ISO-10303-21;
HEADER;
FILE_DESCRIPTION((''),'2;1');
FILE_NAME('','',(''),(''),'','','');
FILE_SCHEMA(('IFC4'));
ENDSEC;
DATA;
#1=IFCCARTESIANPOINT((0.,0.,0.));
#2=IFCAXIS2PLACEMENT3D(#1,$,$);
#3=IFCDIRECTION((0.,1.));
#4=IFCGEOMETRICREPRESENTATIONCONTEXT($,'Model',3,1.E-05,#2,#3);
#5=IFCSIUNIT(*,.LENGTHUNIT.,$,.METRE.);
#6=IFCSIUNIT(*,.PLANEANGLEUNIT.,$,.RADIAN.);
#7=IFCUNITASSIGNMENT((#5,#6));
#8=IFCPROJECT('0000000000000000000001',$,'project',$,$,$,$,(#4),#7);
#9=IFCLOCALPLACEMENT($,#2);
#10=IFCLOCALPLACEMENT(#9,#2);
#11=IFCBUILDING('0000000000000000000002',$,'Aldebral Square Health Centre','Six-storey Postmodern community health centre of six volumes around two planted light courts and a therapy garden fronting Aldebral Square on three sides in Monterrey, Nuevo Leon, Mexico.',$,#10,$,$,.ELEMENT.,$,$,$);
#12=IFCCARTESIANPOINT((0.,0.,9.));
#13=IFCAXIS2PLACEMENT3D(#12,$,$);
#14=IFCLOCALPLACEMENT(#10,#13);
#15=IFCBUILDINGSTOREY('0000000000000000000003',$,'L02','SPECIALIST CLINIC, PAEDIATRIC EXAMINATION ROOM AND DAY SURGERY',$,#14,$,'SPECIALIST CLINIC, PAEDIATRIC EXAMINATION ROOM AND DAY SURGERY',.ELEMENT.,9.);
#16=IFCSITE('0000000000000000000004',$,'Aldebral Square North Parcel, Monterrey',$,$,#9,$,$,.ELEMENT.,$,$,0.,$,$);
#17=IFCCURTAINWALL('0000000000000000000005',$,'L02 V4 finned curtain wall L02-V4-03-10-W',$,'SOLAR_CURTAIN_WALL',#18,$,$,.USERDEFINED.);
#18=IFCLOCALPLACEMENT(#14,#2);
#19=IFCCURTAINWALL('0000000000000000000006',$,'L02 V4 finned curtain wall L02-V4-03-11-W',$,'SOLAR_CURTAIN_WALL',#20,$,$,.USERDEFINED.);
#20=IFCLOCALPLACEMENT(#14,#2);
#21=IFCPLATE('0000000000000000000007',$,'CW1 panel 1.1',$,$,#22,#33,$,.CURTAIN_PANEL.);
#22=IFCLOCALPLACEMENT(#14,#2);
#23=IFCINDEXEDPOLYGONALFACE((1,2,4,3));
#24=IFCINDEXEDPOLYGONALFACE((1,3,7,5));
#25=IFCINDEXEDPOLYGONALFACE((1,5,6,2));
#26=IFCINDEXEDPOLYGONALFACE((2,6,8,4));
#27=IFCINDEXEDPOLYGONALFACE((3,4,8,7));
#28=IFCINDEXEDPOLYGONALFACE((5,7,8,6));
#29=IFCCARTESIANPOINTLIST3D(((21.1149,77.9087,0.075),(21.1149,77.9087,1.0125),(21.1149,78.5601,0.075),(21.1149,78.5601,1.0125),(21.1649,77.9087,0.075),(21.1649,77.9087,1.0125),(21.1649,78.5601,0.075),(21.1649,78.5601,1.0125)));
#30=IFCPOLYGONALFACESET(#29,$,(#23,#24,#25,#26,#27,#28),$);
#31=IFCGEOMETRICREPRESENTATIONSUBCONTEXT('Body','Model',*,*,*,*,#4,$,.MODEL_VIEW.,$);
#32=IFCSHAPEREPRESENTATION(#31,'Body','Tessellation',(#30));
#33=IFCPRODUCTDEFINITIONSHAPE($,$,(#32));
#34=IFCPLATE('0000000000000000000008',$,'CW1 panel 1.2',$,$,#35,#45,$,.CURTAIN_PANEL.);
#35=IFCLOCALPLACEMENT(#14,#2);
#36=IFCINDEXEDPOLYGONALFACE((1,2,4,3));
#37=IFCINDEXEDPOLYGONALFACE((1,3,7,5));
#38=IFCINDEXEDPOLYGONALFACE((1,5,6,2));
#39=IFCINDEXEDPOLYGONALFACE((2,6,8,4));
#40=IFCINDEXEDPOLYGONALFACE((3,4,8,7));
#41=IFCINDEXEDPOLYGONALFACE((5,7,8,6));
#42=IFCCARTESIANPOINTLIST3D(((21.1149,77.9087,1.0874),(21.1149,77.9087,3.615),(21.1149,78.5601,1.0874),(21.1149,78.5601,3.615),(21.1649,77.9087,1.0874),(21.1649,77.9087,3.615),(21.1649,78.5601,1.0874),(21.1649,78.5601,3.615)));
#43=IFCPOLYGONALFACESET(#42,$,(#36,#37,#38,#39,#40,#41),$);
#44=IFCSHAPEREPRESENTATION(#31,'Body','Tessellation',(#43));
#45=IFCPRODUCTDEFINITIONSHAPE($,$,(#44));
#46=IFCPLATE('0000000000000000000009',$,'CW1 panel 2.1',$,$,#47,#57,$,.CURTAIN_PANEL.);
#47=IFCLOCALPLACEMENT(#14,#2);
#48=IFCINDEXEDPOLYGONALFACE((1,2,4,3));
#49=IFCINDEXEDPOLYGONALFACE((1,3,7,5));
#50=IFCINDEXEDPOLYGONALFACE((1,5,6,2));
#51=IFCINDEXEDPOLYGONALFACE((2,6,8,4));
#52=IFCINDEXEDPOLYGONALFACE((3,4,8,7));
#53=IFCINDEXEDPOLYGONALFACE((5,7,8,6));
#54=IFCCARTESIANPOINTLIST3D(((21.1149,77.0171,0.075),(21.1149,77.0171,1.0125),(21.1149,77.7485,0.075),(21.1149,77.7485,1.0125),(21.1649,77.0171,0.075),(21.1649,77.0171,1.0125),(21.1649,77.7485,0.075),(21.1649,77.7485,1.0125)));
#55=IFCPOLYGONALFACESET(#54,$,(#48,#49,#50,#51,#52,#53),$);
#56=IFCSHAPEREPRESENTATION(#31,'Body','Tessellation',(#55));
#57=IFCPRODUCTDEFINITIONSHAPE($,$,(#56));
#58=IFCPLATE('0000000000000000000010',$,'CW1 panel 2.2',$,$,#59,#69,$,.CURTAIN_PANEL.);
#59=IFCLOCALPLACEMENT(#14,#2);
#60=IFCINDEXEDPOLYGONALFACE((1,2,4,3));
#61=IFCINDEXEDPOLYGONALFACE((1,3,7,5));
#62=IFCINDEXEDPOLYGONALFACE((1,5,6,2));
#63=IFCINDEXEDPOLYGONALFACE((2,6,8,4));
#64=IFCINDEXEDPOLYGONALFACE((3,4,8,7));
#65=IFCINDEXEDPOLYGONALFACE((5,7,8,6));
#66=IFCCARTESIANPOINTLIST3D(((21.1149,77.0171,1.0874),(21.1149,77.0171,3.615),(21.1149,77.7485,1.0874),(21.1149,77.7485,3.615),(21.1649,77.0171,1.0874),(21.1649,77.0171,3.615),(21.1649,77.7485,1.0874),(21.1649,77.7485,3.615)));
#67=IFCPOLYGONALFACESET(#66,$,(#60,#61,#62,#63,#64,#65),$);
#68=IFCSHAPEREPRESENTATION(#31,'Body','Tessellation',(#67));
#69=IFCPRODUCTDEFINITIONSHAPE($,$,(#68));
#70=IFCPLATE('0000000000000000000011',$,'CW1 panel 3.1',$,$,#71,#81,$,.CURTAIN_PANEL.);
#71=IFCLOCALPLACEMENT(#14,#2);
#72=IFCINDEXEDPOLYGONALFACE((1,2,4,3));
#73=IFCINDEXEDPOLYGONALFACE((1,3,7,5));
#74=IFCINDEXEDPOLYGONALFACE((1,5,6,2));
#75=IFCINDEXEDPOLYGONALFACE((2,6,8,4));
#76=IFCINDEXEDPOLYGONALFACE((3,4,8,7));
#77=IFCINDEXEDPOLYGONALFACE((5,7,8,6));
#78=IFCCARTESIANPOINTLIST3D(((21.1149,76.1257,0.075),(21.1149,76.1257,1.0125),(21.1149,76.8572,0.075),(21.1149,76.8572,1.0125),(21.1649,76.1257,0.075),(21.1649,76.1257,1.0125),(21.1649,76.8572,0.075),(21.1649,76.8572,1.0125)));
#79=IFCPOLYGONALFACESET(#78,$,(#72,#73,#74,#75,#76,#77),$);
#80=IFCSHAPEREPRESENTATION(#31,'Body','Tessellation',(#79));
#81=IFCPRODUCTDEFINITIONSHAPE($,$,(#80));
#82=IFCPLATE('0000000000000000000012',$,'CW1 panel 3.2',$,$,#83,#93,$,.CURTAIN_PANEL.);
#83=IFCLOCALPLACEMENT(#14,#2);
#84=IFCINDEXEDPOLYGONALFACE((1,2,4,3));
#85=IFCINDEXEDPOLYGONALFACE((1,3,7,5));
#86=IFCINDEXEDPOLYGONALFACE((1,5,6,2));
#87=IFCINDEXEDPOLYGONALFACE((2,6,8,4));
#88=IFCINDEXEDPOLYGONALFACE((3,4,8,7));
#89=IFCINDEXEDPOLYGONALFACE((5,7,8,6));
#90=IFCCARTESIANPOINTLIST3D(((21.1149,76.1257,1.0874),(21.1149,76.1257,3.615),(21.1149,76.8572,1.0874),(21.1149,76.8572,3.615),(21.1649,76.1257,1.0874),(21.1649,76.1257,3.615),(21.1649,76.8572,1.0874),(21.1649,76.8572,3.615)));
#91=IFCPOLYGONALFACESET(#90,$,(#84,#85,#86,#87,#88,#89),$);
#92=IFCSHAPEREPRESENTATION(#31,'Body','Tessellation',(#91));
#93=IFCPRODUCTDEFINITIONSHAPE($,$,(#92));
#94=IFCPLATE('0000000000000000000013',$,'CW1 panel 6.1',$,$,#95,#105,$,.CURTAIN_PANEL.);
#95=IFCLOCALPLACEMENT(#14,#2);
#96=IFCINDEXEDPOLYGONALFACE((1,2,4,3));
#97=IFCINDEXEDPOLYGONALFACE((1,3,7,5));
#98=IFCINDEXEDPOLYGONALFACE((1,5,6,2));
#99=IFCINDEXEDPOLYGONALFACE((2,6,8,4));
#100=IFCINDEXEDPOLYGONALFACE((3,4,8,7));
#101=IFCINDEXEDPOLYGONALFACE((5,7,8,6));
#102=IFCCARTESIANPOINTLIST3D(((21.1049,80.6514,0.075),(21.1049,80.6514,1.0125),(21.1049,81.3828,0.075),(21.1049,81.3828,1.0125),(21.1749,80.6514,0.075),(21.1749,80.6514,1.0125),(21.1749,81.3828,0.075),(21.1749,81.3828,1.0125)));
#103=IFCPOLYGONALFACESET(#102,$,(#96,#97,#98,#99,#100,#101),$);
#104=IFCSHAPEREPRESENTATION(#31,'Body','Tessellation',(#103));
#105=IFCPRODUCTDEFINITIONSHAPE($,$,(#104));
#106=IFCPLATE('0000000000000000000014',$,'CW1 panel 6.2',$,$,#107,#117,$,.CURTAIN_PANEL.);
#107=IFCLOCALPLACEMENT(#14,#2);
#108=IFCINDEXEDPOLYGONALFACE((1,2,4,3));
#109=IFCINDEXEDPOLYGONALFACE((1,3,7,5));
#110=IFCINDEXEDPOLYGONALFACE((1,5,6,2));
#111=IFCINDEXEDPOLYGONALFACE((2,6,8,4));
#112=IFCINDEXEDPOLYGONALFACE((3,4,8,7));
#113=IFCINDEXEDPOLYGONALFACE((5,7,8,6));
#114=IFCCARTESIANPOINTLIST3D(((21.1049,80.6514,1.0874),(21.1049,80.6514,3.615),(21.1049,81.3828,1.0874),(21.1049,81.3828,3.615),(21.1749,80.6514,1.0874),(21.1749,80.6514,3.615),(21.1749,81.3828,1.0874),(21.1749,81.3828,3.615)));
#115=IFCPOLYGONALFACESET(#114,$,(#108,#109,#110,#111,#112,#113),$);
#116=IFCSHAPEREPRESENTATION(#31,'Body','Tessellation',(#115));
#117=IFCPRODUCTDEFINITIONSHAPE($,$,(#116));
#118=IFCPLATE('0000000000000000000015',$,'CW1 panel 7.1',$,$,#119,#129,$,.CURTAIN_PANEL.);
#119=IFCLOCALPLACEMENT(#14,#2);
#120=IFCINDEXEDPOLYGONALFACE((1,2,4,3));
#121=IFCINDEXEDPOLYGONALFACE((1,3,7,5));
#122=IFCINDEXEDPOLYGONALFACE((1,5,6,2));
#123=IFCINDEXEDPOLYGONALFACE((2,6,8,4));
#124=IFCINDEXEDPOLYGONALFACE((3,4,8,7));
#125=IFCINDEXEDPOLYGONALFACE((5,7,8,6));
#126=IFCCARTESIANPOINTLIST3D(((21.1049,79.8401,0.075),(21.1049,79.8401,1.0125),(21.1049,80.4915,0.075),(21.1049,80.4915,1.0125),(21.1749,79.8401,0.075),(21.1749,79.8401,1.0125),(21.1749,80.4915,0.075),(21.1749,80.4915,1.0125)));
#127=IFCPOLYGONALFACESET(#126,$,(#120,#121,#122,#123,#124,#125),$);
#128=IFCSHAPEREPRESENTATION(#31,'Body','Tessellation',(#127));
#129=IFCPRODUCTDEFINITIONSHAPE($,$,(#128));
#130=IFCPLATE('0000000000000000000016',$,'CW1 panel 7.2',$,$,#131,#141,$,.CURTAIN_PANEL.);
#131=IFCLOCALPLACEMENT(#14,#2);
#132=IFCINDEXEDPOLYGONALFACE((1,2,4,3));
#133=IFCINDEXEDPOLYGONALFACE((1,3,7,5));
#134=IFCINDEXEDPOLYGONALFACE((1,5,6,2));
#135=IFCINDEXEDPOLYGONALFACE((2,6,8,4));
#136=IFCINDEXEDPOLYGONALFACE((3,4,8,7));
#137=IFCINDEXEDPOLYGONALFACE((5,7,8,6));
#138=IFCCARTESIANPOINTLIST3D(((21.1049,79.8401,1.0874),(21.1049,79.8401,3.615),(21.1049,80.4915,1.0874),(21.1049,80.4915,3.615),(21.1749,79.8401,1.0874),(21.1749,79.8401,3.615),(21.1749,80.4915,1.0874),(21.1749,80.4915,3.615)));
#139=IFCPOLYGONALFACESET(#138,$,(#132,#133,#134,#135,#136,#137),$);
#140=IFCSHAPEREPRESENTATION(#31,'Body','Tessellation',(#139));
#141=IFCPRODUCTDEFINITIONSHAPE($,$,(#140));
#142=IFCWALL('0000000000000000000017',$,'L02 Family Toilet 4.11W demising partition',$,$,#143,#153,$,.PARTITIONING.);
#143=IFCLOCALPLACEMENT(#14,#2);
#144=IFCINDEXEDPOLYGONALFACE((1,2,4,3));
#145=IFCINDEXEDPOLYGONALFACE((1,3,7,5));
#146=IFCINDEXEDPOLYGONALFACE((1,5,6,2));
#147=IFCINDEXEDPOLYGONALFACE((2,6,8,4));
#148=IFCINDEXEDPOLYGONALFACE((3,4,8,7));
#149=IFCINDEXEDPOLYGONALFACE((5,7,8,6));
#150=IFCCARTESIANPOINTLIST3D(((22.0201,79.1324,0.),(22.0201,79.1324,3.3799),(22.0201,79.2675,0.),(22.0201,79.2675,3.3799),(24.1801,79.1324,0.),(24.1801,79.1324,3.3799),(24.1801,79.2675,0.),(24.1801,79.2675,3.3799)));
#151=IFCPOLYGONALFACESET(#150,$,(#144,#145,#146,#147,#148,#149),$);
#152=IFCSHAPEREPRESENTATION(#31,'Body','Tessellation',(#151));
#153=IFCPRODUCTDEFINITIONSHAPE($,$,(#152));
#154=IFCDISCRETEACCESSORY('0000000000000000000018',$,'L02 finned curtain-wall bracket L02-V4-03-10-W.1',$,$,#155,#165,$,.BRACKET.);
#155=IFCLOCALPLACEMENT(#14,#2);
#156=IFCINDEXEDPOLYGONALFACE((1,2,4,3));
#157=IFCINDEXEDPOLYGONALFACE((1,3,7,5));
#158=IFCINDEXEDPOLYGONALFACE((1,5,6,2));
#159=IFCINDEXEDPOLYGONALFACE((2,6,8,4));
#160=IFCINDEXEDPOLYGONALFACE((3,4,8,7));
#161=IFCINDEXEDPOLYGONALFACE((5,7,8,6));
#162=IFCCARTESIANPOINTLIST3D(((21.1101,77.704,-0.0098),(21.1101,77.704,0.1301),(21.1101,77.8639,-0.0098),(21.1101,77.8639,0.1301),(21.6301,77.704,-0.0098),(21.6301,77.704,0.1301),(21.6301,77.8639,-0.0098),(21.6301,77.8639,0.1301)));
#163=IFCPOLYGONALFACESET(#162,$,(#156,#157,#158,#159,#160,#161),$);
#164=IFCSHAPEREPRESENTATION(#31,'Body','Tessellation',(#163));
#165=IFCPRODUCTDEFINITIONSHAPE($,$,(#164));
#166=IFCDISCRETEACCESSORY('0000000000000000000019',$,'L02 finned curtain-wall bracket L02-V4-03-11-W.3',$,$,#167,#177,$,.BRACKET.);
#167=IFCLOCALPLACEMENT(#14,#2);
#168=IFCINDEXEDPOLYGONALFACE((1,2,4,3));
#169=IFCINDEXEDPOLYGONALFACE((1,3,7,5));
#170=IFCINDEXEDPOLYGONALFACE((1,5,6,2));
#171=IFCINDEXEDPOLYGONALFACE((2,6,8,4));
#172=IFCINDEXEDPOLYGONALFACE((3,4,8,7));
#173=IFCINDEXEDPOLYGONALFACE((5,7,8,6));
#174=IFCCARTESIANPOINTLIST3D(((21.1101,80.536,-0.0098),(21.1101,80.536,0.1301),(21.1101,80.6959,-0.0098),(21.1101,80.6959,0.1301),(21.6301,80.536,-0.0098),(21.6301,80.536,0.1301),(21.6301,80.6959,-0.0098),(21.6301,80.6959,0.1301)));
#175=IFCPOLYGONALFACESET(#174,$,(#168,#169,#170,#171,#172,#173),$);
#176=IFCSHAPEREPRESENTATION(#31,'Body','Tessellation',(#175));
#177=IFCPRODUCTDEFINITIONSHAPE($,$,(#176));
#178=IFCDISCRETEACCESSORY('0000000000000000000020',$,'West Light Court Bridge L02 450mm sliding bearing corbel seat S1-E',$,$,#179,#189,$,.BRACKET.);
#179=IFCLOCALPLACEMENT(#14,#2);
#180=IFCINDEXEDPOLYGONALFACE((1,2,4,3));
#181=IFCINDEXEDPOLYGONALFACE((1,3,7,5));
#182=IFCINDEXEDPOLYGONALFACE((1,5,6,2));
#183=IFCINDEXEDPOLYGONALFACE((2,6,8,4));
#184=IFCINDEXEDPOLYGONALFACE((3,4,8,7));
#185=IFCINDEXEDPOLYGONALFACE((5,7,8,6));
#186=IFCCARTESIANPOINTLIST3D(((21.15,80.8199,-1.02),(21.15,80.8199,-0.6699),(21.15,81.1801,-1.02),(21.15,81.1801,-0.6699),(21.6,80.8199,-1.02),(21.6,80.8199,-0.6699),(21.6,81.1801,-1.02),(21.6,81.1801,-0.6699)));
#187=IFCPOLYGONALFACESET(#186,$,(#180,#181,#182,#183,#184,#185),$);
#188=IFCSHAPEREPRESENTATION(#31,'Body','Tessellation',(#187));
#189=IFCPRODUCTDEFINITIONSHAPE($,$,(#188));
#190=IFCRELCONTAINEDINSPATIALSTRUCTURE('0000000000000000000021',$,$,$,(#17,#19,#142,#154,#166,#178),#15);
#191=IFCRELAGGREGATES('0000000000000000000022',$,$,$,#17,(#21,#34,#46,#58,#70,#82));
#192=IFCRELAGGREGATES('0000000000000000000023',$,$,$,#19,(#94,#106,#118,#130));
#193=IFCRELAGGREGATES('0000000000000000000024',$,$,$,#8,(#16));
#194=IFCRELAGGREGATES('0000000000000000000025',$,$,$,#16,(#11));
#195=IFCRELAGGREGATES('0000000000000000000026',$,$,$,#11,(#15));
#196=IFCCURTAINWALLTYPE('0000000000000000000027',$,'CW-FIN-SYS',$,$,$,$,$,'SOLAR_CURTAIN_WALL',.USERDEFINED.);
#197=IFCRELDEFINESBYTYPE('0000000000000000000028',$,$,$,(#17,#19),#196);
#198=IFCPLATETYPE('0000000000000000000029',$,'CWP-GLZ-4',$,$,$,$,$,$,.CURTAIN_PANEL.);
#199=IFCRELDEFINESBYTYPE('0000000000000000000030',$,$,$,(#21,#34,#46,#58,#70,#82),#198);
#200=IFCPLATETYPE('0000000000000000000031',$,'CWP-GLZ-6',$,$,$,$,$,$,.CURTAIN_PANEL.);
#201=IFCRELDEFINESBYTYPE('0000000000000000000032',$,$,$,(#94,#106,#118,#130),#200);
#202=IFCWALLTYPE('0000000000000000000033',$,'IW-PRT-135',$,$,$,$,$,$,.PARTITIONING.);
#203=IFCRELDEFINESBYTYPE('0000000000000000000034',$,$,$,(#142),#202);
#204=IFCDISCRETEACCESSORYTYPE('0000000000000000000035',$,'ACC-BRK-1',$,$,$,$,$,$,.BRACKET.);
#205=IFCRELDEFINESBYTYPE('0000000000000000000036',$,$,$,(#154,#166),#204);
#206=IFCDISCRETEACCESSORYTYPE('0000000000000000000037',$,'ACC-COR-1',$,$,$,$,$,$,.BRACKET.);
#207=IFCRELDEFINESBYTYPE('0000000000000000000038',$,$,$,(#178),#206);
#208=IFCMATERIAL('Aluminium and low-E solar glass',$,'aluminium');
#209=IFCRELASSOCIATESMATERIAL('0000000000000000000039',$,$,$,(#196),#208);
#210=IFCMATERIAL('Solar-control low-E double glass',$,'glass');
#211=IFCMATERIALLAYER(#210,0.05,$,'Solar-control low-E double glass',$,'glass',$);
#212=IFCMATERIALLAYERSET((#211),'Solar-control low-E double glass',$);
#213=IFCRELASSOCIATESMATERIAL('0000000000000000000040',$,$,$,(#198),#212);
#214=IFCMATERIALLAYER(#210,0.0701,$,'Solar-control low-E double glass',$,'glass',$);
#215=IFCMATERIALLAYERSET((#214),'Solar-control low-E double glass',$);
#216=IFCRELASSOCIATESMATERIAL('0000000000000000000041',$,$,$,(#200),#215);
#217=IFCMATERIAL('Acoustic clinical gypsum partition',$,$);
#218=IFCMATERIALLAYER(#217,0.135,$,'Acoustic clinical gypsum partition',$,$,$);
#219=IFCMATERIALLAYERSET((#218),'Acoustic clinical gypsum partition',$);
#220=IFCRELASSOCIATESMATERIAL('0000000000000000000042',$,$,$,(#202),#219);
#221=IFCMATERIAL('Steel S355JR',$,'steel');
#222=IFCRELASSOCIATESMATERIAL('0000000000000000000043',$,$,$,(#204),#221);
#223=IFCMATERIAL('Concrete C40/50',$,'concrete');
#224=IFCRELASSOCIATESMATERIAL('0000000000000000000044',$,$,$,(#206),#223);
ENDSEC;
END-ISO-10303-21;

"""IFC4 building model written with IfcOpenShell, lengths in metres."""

from ifc_helpers import new_model, si_unit, direction, frame, frame_2d, origin, origin_2d, place, context, subcontext, project, spatial, rectangle, extrude, material, layer, layer_set, type_object, element, aggregate, save


model = new_model("IFC4")

# Units and contexts
model_context = context("Model", 3, precision=1e-05, world=origin(), true_north=direction((0.0, 1.0)))
body_context = subcontext(model_context, "Body", "Model", "MODEL_VIEW")
ifc_project = project(units=[si_unit("LENGTHUNIT", "METRE"), si_unit("PLANEANGLEUNIT", "RADIAN")], contexts=[model_context])

# Site, building, storey
site_placement = place(None, origin())
site = spatial("IfcSite", under=ifc_project, at=site_placement, Name="Aldebral Square North Parcel, Monterrey", CompositionType="ELEMENT", RefElevation=0.0)
building_placement = place(site_placement, origin())
building = spatial("IfcBuilding", under=site, at=building_placement, Name="Aldebral Square Health Centre", Description="Six-storey Postmodern community health centre of six volumes around two planted light courts and a therapy garden fronting Aldebral Square on three sides in Monterrey, Nuevo Leon, Mexico.", CompositionType="ELEMENT")
storey_placement = place(building_placement, frame((0.0, 0.0, 9.0)))
storey = spatial("IfcBuildingStorey", under=building, at=storey_placement, Name="L02", Description="SPECIALIST CLINIC, PAEDIATRIC EXAMINATION ROOM AND DAY SURGERY", LongName="SPECIALIST CLINIC, PAEDIATRIC EXAMINATION ROOM AND DAY SURGERY", CompositionType="ELEMENT", Elevation=9.0)

# Shared definitions
ifc_material_1 = material(Name="Concrete C40/50", Category="concrete")

# Curtain walls
ifc_material_2 = material(Name="Aluminium and low-E solar glass", Category="aluminium")
curtain_wall_type = type_object("IfcCurtainWallType", Name="CW-FIN-SYS", ElementType="SOLAR_CURTAIN_WALL", PredefinedType="USERDEFINED", material=ifc_material_2)
curtain_wall_1_placement = place(storey_placement, origin())
curtain_wall_1 = element("IfcCurtainWall", 1, at=curtain_wall_1_placement, inside=storey, type_object=curtain_wall_type, Name="L02 V4 finned curtain wall L02-V4-03-10-W", ObjectType="SOLAR_CURTAIN_WALL", PredefinedType="USERDEFINED")
curtain_wall_2_placement = place(storey_placement, origin())
curtain_wall_2 = element("IfcCurtainWall", 2, at=curtain_wall_2_placement, inside=storey, type_object=curtain_wall_type, Name="L02 V4 finned curtain wall L02-V4-03-11-W", ObjectType="SOLAR_CURTAIN_WALL", PredefinedType="USERDEFINED")

# Plates
ifc_material_3 = material(Name="Solar-control low-E double glass", Category="glass")
ifc_layer_1 = layer(ifc_material_3, 0.05, Name="Solar-control low-E double glass", Category="glass")
ifc_layer_set_1 = layer_set([ifc_layer_1], Name="Solar-control low-E double glass")
plate_type_1 = type_object("IfcPlateType", Name="CWP-GLZ-4", PredefinedType="CURTAIN_PANEL", material=ifc_layer_set_1)
plate_1_placement = place(storey_placement, frame((21.1399, 78.2344, 0.075), z_axis=(0.0, 0.0, 1.0), x_axis=(0.0, -1.0, 0.0)))
plate_1 = element("IfcPlate", 3, at=plate_1_placement, type_object=plate_type_1, Name="CW1 panel 1.1", PredefinedType="CURTAIN_PANEL", context=body_context, shape_type="SweptSolid", body=[
    extrude(rectangle(XDim=0.6514, YDim=0.05, at=origin_2d()), origin(), (0.0, 0.0, 1.0), 0.9375),
])
plate_2_placement = place(storey_placement, frame((21.1399, 78.2344, 1.0874), z_axis=(0.0, 0.0, 1.0), x_axis=(0.0, -1.0, 0.0)))
plate_2 = element("IfcPlate", 4, at=plate_2_placement, type_object=plate_type_1, Name="CW1 panel 1.2", PredefinedType="CURTAIN_PANEL", context=body_context, shape_type="SweptSolid", body=[
    extrude(rectangle(XDim=0.6514, YDim=0.05, at=origin_2d()), origin(), (0.0, 0.0, 1.0), 2.5276),
])
plate_3_placement = place(storey_placement, frame((21.1399, 77.3828, 0.075), z_axis=(0.0, 0.0, 1.0), x_axis=(0.0, -1.0, 0.0)))
plate_3 = element("IfcPlate", 5, at=plate_3_placement, type_object=plate_type_1, Name="CW1 panel 2.1", PredefinedType="CURTAIN_PANEL", context=body_context, shape_type="SweptSolid", body=[
    extrude(rectangle(XDim=0.7314, YDim=0.05, at=origin_2d()), origin(), (0.0, 0.0, 1.0), 0.9375),
])
plate_4_placement = place(storey_placement, frame((21.1399, 77.3828, 1.0874), z_axis=(0.0, 0.0, 1.0), x_axis=(0.0, -1.0, 0.0)))
plate_4 = element("IfcPlate", 6, at=plate_4_placement, type_object=plate_type_1, Name="CW1 panel 2.2", PredefinedType="CURTAIN_PANEL", context=body_context, shape_type="SweptSolid", body=[
    extrude(rectangle(XDim=0.7314, YDim=0.05, at=origin_2d()), origin(), (0.0, 0.0, 1.0), 2.5276),
])
plate_5_placement = place(storey_placement, frame((21.1399, 76.4915, 0.075), z_axis=(0.0, 0.0, 1.0), x_axis=(0.0, -1.0, 0.0)))
plate_5 = element("IfcPlate", 7, at=plate_5_placement, type_object=plate_type_1, Name="CW1 panel 3.1", PredefinedType="CURTAIN_PANEL", context=body_context, shape_type="SweptSolid", body=[
    extrude(rectangle(XDim=0.7314, YDim=0.05, at=origin_2d()), origin(), (0.0, 0.0, 1.0), 0.9375),
])
plate_6_placement = place(storey_placement, frame((21.1399, 76.4915, 1.0874), z_axis=(0.0, 0.0, 1.0), x_axis=(0.0, -1.0, 0.0)))
plate_6 = element("IfcPlate", 8, at=plate_6_placement, type_object=plate_type_1, Name="CW1 panel 3.2", PredefinedType="CURTAIN_PANEL", context=body_context, shape_type="SweptSolid", body=[
    extrude(rectangle(XDim=0.7314, YDim=0.05, at=origin_2d()), origin(), (0.0, 0.0, 1.0), 2.5276),
])
aggregate(curtain_wall_1, [plate_1, plate_2, plate_3, plate_4, plate_5, plate_6])
ifc_layer_2 = layer(ifc_material_3, 0.0701, Name="Solar-control low-E double glass", Category="glass")
ifc_layer_set_2 = layer_set([ifc_layer_2], Name="Solar-control low-E double glass")
plate_type_2 = type_object("IfcPlateType", Name="CWP-GLZ-6", PredefinedType="CURTAIN_PANEL", material=ifc_layer_set_2)
plate_7_placement = place(storey_placement, frame((21.1399, 81.0171, 0.075), z_axis=(0.0, 0.0, 1.0), x_axis=(0.0, -1.0, 0.0)))
plate_7 = element("IfcPlate", 9, at=plate_7_placement, type_object=plate_type_2, Name="CW1 panel 6.1", PredefinedType="CURTAIN_PANEL", context=body_context, shape_type="SweptSolid", body=[
    extrude(rectangle(XDim=0.7314, YDim=0.0701, at=origin_2d()), origin(), (0.0, 0.0, 1.0), 0.9375),
])
plate_8_placement = place(storey_placement, frame((21.1399, 81.0171, 1.0874), z_axis=(0.0, 0.0, 1.0), x_axis=(0.0, -1.0, 0.0)))
plate_8 = element("IfcPlate", 10, at=plate_8_placement, type_object=plate_type_2, Name="CW1 panel 6.2", PredefinedType="CURTAIN_PANEL", context=body_context, shape_type="SweptSolid", body=[
    extrude(rectangle(XDim=0.7314, YDim=0.0701, at=origin_2d()), origin(), (0.0, 0.0, 1.0), 2.5276),
])
plate_9_placement = place(storey_placement, frame((21.1399, 80.1658, 0.075), z_axis=(0.0, 0.0, 1.0), x_axis=(0.0, -1.0, 0.0)))
plate_9 = element("IfcPlate", 11, at=plate_9_placement, type_object=plate_type_2, Name="CW1 panel 7.1", PredefinedType="CURTAIN_PANEL", context=body_context, shape_type="SweptSolid", body=[
    extrude(rectangle(XDim=0.6514, YDim=0.0701, at=origin_2d()), origin(), (0.0, 0.0, 1.0), 0.9375),
])
plate_10_placement = place(storey_placement, frame((21.1399, 80.1658, 1.0874), z_axis=(0.0, 0.0, 1.0), x_axis=(0.0, -1.0, 0.0)))
plate_10 = element("IfcPlate", 12, at=plate_10_placement, type_object=plate_type_2, Name="CW1 panel 7.2", PredefinedType="CURTAIN_PANEL", context=body_context, shape_type="SweptSolid", body=[
    extrude(rectangle(XDim=0.6514, YDim=0.0701, at=origin_2d()), origin(), (0.0, 0.0, 1.0), 2.5276),
])
aggregate(curtain_wall_2, [plate_7, plate_8, plate_9, plate_10])

# Wall
ifc_material_4 = material(Name="Acoustic clinical gypsum partition")
ifc_layer_3 = layer(ifc_material_4, 0.135, Name="Acoustic clinical gypsum partition")
ifc_layer_set_3 = layer_set([ifc_layer_3], Name="Acoustic clinical gypsum partition")
wall_type = type_object("IfcWallType", Name="IW-PRT-135", PredefinedType="PARTITIONING", material=ifc_layer_set_3)
wall_placement = place(storey_placement, frame((22.02, 79.2, 0.0), z_axis=(0.0, 0.0, 1.0), x_axis=(1.0, 0.0, 0.0)))
element("IfcWall", 13, at=wall_placement, inside=storey, type_object=wall_type, Name="L02 Family Toilet 4.11W demising partition", PredefinedType="PARTITIONING", context=body_context, shape_type="SweptSolid", body=[
    extrude(rectangle(XDim=2.1599, YDim=0.135, at=frame_2d((1.0801, 0.0))), origin(), (0.0, 0.0, 1.0), 3.3799),
])

# Discrete accessories
ifc_material_5 = material(Name="Steel S355JR", Category="steel")
discrete_accessory_type_1 = type_object("IfcDiscreteAccessoryType", Name="ACC-BRK-1", PredefinedType="BRACKET", material=ifc_material_5)
for number, where, z_axis, x_axis, name in (
    (14, (21.3701, 77.7839, -0.0098), (0.0, 0.0, 1.0), (0.0, 1.0, 0.0), "L02 finned curtain-wall bracket L02-V4-03-10-W.1"),
    (15, (21.3701, 80.616, -0.0098), (0.0, 0.0, 1.0), (0.0, 1.0, 0.0), "L02 finned curtain-wall bracket L02-V4-03-11-W.3"),
):
    element("IfcDiscreteAccessory", number, at=place(storey_placement, frame(where, z_axis=z_axis, x_axis=x_axis)), inside=storey, type_object=discrete_accessory_type_1, Name=name, PredefinedType="BRACKET", context=body_context, shape_type="SweptSolid", body=[
        extrude(rectangle(XDim=0.1599, YDim=0.52, at=origin_2d()), origin(), (0.0, 0.0, 1.0), 0.1399),
    ])
discrete_accessory_type_2 = type_object("IfcDiscreteAccessoryType", Name="ACC-COR-1", PredefinedType="BRACKET", material=ifc_material_1)
discrete_accessory_placement = place(storey_placement, frame((21.375, 81.0, -1.02), z_axis=(0.0, 0.0, 1.0), x_axis=(1.0, 0.0, 0.0)))
element("IfcDiscreteAccessory", 16, at=discrete_accessory_placement, inside=storey, type_object=discrete_accessory_type_2, Name="West Light Court Bridge L02 450mm sliding bearing corbel seat S1-E", PredefinedType="BRACKET", context=body_context, shape_type="SweptSolid", body=[
    extrude(rectangle(XDim=0.45, YDim=0.3601, at=origin_2d()), origin(), (0.0, 0.0, 1.0), 0.3501),
])

save(model, "model.ifc")
